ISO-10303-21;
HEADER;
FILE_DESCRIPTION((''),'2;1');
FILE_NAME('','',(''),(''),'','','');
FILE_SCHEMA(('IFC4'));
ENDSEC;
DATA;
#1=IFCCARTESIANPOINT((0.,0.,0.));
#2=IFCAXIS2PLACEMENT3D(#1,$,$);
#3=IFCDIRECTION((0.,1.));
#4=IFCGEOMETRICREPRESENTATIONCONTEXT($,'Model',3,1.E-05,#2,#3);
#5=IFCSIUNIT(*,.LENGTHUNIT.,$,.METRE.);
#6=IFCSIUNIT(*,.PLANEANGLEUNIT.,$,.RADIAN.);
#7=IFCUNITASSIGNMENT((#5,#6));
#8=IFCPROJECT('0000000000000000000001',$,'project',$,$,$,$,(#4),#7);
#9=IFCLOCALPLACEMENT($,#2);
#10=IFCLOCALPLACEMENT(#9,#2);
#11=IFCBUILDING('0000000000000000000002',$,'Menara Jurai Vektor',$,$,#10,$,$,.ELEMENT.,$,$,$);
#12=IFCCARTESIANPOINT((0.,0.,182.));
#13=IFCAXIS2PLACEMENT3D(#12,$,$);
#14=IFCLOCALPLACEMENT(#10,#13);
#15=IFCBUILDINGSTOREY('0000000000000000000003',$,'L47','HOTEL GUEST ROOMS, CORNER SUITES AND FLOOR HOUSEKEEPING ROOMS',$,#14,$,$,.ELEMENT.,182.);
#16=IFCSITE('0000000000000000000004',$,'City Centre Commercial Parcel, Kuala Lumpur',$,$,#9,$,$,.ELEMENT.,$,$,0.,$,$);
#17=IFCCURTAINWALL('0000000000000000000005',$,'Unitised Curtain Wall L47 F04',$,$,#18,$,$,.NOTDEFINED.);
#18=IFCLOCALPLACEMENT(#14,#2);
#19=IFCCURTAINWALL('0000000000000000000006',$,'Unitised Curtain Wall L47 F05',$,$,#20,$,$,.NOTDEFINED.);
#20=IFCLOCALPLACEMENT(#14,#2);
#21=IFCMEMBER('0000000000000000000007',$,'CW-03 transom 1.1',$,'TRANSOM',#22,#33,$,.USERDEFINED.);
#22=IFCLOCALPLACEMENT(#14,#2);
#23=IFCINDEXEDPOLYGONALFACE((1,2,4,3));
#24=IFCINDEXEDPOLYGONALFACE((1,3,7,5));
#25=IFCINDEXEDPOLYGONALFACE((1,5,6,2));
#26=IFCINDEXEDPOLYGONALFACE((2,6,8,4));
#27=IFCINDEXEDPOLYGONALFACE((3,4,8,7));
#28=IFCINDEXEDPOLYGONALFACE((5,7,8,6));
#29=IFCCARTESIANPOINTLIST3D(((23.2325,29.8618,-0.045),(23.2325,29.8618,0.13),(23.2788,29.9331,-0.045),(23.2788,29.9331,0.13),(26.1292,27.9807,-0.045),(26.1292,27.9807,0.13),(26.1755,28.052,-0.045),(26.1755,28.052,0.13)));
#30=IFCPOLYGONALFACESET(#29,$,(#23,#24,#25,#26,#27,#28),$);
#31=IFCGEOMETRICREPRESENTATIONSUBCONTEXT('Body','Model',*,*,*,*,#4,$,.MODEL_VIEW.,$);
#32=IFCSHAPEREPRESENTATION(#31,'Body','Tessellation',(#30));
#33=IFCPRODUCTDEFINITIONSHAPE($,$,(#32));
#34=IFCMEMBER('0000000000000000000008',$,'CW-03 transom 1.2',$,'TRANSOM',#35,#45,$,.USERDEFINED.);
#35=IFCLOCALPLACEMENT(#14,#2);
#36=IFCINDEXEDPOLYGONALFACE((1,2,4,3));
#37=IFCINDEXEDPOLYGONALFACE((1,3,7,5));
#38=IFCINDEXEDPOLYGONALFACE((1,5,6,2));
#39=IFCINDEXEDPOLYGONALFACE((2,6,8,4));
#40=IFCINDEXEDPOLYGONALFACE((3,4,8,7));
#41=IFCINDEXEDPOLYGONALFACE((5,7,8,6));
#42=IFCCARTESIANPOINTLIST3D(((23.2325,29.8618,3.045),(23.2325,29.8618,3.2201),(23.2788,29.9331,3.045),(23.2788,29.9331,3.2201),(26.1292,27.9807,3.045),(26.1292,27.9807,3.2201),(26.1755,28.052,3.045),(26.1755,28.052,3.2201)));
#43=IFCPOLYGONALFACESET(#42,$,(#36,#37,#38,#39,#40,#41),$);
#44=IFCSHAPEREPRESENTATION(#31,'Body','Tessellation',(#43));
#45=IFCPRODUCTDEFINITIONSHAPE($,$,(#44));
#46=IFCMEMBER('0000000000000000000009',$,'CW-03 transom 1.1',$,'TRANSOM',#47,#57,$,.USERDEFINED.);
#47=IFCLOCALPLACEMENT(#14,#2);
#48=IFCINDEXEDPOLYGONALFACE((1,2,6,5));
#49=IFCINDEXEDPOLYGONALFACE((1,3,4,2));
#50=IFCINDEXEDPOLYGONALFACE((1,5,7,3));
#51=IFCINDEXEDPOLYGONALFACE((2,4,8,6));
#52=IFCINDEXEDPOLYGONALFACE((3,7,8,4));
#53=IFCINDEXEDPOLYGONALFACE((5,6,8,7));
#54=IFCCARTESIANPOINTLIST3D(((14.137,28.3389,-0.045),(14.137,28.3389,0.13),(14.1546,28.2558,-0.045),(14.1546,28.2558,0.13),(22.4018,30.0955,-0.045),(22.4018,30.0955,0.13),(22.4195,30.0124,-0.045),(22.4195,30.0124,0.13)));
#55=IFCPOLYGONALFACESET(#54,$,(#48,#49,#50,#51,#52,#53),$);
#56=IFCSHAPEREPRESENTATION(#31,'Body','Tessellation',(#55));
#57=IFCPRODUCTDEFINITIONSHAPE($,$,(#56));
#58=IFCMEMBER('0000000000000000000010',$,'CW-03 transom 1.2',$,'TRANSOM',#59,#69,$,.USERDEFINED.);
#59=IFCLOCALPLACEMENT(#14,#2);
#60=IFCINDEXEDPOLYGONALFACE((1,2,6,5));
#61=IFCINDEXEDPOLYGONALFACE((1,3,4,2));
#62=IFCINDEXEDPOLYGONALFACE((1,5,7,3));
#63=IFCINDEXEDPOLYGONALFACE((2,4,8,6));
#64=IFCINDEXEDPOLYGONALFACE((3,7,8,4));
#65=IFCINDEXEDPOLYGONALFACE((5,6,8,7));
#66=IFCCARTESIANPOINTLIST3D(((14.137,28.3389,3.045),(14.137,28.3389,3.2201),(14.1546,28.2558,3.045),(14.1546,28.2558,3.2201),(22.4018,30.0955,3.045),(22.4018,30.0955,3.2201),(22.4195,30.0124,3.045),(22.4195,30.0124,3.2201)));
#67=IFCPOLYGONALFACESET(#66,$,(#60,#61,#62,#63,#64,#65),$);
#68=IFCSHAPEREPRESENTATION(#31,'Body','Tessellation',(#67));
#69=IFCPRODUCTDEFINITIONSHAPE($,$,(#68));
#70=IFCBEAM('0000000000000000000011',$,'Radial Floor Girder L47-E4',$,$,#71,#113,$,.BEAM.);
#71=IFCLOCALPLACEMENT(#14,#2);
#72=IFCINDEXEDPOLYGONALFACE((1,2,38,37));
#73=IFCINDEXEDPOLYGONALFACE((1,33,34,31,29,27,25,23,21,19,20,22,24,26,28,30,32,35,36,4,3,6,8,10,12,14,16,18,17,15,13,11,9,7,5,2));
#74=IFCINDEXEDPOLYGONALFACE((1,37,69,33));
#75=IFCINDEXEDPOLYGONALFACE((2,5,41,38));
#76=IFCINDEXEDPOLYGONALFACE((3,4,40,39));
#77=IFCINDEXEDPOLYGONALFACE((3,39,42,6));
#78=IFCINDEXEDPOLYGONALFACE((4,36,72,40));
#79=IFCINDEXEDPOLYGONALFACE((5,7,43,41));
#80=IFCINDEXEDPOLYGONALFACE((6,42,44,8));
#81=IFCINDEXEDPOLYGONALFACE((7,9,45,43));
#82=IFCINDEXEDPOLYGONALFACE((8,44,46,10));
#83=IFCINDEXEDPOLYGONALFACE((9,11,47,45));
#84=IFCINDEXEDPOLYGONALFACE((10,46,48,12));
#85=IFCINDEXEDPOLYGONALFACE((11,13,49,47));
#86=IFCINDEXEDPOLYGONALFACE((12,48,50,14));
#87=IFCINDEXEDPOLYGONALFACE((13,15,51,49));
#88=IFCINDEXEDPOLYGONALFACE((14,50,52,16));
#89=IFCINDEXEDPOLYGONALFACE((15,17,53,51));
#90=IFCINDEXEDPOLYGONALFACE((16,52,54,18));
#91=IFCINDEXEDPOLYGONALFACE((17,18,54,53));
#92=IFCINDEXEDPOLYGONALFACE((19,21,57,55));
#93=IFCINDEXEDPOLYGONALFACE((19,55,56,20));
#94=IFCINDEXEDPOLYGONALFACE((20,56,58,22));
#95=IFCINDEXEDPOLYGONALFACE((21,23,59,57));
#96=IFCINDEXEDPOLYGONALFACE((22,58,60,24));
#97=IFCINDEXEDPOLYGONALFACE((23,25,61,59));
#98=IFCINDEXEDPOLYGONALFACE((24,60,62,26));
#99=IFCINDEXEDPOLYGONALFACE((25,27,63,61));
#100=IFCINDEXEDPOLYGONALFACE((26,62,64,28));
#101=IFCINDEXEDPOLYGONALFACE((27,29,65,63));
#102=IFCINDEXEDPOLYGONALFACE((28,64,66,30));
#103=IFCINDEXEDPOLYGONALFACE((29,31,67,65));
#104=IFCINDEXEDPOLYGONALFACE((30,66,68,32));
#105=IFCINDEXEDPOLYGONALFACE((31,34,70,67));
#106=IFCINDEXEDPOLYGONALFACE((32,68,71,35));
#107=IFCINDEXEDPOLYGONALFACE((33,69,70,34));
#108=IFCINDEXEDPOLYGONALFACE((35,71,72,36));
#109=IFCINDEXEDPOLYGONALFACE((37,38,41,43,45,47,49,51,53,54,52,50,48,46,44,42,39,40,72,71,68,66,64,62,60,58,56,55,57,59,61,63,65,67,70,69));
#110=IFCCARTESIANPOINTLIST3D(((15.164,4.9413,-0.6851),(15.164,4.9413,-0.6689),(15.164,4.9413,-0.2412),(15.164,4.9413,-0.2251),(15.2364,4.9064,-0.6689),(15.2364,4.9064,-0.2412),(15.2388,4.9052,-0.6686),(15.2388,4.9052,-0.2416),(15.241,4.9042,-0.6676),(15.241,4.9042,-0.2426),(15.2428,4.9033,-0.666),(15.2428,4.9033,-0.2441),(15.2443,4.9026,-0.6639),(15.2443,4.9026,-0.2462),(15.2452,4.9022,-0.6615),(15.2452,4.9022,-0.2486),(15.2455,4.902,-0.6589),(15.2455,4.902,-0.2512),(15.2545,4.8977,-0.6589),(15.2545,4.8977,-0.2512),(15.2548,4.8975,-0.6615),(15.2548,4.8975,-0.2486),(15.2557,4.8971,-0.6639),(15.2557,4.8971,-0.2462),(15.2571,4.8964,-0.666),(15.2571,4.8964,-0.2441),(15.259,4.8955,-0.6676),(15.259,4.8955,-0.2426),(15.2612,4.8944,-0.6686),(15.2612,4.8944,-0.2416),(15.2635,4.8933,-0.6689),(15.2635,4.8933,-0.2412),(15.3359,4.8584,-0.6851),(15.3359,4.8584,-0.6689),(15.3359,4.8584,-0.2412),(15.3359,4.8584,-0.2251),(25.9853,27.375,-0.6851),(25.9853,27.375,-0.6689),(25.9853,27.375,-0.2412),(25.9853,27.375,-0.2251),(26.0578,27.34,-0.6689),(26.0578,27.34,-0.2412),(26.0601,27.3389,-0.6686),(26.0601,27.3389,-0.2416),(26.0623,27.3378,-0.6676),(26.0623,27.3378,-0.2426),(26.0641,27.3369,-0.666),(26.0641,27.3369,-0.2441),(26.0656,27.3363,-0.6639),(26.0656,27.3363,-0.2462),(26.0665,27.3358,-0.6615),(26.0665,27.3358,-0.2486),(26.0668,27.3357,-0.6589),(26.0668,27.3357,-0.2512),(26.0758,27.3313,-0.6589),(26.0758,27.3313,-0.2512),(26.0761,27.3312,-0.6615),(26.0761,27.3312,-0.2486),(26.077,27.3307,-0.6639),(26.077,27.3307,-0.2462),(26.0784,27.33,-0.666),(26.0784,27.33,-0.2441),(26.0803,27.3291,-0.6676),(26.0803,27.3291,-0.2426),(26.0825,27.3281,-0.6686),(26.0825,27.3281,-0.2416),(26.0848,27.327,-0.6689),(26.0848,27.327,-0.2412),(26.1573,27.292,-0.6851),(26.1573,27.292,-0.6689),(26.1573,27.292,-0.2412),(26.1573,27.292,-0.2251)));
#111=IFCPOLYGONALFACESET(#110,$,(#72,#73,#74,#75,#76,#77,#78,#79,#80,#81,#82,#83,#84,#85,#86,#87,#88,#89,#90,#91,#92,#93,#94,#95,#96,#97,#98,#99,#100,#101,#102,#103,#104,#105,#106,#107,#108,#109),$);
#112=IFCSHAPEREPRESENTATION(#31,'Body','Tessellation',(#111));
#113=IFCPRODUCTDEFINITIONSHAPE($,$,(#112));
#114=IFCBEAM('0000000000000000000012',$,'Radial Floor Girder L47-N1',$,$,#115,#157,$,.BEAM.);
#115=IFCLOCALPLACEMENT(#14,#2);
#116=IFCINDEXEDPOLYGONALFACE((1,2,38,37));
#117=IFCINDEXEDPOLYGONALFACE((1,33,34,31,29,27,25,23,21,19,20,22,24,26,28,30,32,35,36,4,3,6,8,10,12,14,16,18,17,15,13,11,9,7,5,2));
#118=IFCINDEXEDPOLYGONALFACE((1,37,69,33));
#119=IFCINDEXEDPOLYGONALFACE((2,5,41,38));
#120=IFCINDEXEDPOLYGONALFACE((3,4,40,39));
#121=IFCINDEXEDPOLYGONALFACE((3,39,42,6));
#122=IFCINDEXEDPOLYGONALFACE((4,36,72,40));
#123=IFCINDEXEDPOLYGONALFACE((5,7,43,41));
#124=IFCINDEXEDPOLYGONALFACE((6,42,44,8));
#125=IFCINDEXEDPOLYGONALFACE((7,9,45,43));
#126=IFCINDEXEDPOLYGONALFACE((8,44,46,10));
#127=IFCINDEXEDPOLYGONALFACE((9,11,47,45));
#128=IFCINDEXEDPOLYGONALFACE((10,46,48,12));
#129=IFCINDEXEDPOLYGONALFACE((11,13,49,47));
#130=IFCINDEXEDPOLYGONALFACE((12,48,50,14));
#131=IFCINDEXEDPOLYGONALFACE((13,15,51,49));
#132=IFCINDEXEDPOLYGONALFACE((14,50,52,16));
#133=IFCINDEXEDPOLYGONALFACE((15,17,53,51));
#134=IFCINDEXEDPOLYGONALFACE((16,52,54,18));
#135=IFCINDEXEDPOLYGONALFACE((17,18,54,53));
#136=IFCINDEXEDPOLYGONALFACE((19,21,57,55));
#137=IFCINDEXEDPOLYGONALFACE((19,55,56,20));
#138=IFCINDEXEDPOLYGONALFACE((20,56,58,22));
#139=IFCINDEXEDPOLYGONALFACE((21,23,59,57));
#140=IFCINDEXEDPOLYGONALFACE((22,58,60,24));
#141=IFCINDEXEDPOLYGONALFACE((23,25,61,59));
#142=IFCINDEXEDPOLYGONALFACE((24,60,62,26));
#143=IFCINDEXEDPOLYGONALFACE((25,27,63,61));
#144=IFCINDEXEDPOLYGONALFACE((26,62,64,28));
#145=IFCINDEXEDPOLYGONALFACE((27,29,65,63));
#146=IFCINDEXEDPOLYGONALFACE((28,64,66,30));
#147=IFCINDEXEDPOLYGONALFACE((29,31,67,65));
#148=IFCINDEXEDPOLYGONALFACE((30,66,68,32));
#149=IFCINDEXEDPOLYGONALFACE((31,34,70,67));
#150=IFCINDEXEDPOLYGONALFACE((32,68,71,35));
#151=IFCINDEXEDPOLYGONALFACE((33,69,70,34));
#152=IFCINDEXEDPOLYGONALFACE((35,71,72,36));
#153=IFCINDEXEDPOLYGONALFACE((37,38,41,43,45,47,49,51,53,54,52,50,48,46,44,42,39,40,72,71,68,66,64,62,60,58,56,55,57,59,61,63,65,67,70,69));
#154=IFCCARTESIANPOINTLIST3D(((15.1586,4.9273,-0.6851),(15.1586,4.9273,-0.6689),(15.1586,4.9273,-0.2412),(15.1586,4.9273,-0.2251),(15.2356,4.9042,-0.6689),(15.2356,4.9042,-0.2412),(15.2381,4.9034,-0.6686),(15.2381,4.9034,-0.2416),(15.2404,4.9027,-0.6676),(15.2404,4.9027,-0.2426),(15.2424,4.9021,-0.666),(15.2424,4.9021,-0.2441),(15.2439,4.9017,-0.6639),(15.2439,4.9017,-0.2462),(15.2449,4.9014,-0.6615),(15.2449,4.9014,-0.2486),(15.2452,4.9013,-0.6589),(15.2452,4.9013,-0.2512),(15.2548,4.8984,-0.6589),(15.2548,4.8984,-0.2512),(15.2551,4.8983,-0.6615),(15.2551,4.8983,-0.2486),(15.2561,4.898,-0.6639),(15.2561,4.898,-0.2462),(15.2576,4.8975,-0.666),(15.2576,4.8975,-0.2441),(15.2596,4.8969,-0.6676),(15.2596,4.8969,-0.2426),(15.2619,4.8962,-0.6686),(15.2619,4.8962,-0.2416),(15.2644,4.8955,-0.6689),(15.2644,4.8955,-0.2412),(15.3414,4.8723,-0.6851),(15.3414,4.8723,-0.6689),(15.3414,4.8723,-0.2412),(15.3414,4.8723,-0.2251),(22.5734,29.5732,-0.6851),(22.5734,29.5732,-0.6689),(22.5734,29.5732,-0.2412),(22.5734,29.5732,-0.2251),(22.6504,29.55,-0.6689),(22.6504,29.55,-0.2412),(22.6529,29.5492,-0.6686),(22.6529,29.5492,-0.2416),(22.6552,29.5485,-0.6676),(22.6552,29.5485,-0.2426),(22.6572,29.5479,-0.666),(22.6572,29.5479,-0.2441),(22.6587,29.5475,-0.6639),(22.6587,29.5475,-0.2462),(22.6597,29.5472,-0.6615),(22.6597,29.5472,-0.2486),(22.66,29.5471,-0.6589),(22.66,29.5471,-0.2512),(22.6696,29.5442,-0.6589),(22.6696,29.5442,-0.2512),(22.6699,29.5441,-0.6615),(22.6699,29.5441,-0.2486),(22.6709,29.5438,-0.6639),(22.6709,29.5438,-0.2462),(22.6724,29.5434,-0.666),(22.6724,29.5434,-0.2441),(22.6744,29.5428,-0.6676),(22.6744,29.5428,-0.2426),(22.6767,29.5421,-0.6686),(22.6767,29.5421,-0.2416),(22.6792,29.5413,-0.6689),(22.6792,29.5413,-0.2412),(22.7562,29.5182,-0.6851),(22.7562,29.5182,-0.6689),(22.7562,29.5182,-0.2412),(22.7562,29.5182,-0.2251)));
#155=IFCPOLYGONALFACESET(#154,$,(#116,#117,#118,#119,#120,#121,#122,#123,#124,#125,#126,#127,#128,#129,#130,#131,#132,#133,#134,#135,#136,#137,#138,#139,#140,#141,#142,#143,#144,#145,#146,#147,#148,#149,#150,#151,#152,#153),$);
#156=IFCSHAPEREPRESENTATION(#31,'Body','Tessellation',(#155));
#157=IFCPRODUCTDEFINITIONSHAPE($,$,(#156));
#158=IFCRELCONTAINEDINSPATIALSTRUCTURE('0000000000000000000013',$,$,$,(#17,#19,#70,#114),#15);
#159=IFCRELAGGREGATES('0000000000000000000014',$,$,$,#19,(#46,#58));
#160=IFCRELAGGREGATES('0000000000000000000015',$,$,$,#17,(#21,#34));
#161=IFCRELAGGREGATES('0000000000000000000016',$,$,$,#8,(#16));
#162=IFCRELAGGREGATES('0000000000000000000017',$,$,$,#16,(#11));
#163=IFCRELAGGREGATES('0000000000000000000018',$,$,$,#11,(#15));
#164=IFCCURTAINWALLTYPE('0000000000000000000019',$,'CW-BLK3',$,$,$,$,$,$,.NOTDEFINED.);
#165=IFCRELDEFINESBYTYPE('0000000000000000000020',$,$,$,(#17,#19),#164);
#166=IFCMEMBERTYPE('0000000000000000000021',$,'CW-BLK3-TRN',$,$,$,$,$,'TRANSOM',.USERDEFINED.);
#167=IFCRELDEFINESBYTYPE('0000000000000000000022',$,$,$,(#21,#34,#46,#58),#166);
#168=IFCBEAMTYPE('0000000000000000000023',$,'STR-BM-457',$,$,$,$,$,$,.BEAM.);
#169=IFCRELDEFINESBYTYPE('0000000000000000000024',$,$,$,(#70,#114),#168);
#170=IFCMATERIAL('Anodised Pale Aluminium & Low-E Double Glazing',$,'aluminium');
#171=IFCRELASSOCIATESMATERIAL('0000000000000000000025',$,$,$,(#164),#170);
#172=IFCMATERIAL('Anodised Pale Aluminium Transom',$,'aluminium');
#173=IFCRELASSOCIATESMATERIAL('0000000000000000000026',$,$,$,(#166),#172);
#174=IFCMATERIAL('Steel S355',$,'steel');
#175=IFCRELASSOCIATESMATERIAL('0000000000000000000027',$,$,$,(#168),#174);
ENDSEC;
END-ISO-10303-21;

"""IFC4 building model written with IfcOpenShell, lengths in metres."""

from ifc_helpers import new_model, si_unit, direction, frame, origin, origin_2d, place, context, subcontext, project, spatial, rectangle, i_section, extrude, material, material_profile, profile_set, type_object, element, aggregate, save


model = new_model("IFC4")

# Units and contexts
model_context = context("Model", 3, precision=1e-05, world=origin(), true_north=direction((0.0, 1.0)))
body_context = subcontext(model_context, "Body", "Model", "MODEL_VIEW")
ifc_project = project(units=[si_unit("LENGTHUNIT", "METRE"), si_unit("PLANEANGLEUNIT", "RADIAN")], contexts=[model_context])

# Site, building, storey
site_placement = place(None, origin())
site = spatial("IfcSite", under=ifc_project, at=site_placement, Name="City Centre Commercial Parcel, Kuala Lumpur", CompositionType="ELEMENT", RefElevation=0.0)
building_placement = place(site_placement, origin())
building = spatial("IfcBuilding", under=site, at=building_placement, Name="Menara Jurai Vektor", CompositionType="ELEMENT")
storey_placement = place(building_placement, frame((0.0, 0.0, 182.0)))
storey = spatial("IfcBuildingStorey", under=building, at=storey_placement, Name="L47", Description="HOTEL GUEST ROOMS, CORNER SUITES AND FLOOR HOUSEKEEPING ROOMS", CompositionType="ELEMENT", Elevation=182.0)

# Curtain wall
ifc_material_1 = material(Name="Anodised Pale Aluminium & Low-E Double Glazing", Category="aluminium")
curtain_wall_type = type_object("IfcCurtainWallType", Name="CW-BLK3", PredefinedType="NOTDEFINED", material=ifc_material_1)
curtain_wall_1_placement = place(storey_placement, origin())
curtain_wall_1 = element("IfcCurtainWall", 1, at=curtain_wall_1_placement, inside=storey, type_object=curtain_wall_type, Name="Unitised Curtain Wall L47 F04", PredefinedType="NOTDEFINED")

# Curtain wall
curtain_wall_2_placement = place(storey_placement, origin())
curtain_wall_2 = element("IfcCurtainWall", 2, at=curtain_wall_2_placement, inside=storey, type_object=curtain_wall_type, Name="Unitised Curtain Wall L47 F05", PredefinedType="NOTDEFINED")

# Members
ifc_material_2 = material(Name="Anodised Pale Aluminium Transom", Category="aluminium")
ifc_material_profile_1 = material_profile(ifc_material_2, rectangle(XDim=0.085, YDim=0.175, at=origin_2d()), Name="ALU TRN 85x175")
ifc_profile_set_1 = profile_set([ifc_material_profile_1], Name="Anodised Pale Aluminium Transom")
member_type_1 = type_object("IfcMemberType", Name="CW-BLK3-TRN", ElementType="TRANSOM", PredefinedType="USERDEFINED", material=ifc_profile_set_1)
member_1_placement = place(storey_placement, frame((26.1523, 28.0164, 0.0425), z_axis=(-0.838678, 0.544628, 0.0), x_axis=(-0.544628, -0.838678, 0.0)))
member_1 = element("IfcMember", 3, at=member_1_placement, type_object=member_type_1, Name="CW-03 transom 1.1", ObjectType="TRANSOM", PredefinedType="USERDEFINED", context=body_context, shape_type="SweptSolid", body=[
    extrude(rectangle(XDim=0.085, YDim=0.175, at=origin_2d()), origin(), (0.0, 0.0, 1.0), 3.4539),
])
member_2_placement = place(storey_placement, frame((26.1523, 28.0164, 3.1326), z_axis=(-0.838678, 0.544628, 0.0), x_axis=(-0.544628, -0.838678, 0.0)))
member_2 = element("IfcMember", 4, at=member_2_placement, type_object=member_type_1, Name="CW-03 transom 1.2", ObjectType="TRANSOM", PredefinedType="USERDEFINED", context=body_context, shape_type="SweptSolid", body=[
    extrude(rectangle(XDim=0.085, YDim=0.175, at=origin_2d()), origin(), (0.0, 0.0, 1.0), 3.4539),
])
member_3_placement = place(storey_placement, frame((22.4106, 30.054, 0.0425), z_axis=(-0.978152, -0.207893, 0.0), x_axis=(0.207893, -0.978152, 0.0)))
member_3 = element("IfcMember", 5, at=member_3_placement, type_object=member_type_1, Name="CW-03 transom 1.1", ObjectType="TRANSOM", PredefinedType="USERDEFINED", context=body_context, shape_type="SweptSolid", body=[
    extrude(rectangle(XDim=0.085, YDim=0.175, at=origin_2d()), origin(), (0.0, 0.0, 1.0), 8.4495),
])
member_4_placement = place(storey_placement, frame((22.4106, 30.054, 3.1326), z_axis=(-0.978152, -0.207893, 0.0), x_axis=(0.207893, -0.978152, 0.0)))
member_4 = element("IfcMember", 6, at=member_4_placement, type_object=member_type_1, Name="CW-03 transom 1.2", ObjectType="TRANSOM", PredefinedType="USERDEFINED", context=body_context, shape_type="SweptSolid", body=[
    extrude(rectangle(XDim=0.085, YDim=0.175, at=origin_2d()), origin(), (0.0, 0.0, 1.0), 8.4495),
])

# Beams
ifc_material_3 = material(Name="Steel S355", Category="steel")
ifc_material_profile_2 = material_profile(ifc_material_3, i_section(OverallWidth=0.1909, OverallDepth=0.46, WebThickness=0.01, FlangeThickness=0.0161, FilletRadius=0.01, at=origin_2d()), Name="UKB 457x191x82")
ifc_profile_set_2 = profile_set([ifc_material_profile_2], Name="Steel S355")
beam_type_1 = type_object("IfcBeamType", Name="STR-BM-457", PredefinedType="BEAM", material=ifc_profile_set_2)
beam_1_placement = place(storey_placement, frame((26.0713, 27.3335, -0.4551), z_axis=(-0.434465, -0.900689, 0.0), x_axis=(0.900689, -0.434465, 0.0)))
element("IfcBeam", 7, at=beam_1_placement, inside=storey, type_object=beam_type_1, Name="Radial Floor Girder L47-E4", PredefinedType="BEAM", context=body_context, shape_type="SweptSolid", body=[
    extrude(i_section(OverallWidth=0.1909, OverallDepth=0.46, WebThickness=0.01, FlangeThickness=0.0161, FilletRadius=0.01, at=origin_2d()), origin(), (0.0, 0.0, 1.0), 24.9072),
])
beam_2_placement = place(storey_placement, frame((22.6648, 29.5457, -0.4551), z_axis=(-0.288099, -0.957601, 0.0), x_axis=(0.957601, -0.288099, 0.0)))
element("IfcBeam", 8, at=beam_2_placement, inside=storey, type_object=beam_type_1, Name="Radial Floor Girder L47-N1", PredefinedType="BEAM", context=body_context, shape_type="SweptSolid", body=[
    extrude(i_section(OverallWidth=0.1909, OverallDepth=0.46, WebThickness=0.01, FlangeThickness=0.0161, FilletRadius=0.01, at=origin_2d()), origin(), (0.0, 0.0, 1.0), 25.7371),
])

aggregate(curtain_wall_2, [member_3, member_4])
aggregate(curtain_wall_1, [member_1, member_2])

save(model, "model.ifc")
